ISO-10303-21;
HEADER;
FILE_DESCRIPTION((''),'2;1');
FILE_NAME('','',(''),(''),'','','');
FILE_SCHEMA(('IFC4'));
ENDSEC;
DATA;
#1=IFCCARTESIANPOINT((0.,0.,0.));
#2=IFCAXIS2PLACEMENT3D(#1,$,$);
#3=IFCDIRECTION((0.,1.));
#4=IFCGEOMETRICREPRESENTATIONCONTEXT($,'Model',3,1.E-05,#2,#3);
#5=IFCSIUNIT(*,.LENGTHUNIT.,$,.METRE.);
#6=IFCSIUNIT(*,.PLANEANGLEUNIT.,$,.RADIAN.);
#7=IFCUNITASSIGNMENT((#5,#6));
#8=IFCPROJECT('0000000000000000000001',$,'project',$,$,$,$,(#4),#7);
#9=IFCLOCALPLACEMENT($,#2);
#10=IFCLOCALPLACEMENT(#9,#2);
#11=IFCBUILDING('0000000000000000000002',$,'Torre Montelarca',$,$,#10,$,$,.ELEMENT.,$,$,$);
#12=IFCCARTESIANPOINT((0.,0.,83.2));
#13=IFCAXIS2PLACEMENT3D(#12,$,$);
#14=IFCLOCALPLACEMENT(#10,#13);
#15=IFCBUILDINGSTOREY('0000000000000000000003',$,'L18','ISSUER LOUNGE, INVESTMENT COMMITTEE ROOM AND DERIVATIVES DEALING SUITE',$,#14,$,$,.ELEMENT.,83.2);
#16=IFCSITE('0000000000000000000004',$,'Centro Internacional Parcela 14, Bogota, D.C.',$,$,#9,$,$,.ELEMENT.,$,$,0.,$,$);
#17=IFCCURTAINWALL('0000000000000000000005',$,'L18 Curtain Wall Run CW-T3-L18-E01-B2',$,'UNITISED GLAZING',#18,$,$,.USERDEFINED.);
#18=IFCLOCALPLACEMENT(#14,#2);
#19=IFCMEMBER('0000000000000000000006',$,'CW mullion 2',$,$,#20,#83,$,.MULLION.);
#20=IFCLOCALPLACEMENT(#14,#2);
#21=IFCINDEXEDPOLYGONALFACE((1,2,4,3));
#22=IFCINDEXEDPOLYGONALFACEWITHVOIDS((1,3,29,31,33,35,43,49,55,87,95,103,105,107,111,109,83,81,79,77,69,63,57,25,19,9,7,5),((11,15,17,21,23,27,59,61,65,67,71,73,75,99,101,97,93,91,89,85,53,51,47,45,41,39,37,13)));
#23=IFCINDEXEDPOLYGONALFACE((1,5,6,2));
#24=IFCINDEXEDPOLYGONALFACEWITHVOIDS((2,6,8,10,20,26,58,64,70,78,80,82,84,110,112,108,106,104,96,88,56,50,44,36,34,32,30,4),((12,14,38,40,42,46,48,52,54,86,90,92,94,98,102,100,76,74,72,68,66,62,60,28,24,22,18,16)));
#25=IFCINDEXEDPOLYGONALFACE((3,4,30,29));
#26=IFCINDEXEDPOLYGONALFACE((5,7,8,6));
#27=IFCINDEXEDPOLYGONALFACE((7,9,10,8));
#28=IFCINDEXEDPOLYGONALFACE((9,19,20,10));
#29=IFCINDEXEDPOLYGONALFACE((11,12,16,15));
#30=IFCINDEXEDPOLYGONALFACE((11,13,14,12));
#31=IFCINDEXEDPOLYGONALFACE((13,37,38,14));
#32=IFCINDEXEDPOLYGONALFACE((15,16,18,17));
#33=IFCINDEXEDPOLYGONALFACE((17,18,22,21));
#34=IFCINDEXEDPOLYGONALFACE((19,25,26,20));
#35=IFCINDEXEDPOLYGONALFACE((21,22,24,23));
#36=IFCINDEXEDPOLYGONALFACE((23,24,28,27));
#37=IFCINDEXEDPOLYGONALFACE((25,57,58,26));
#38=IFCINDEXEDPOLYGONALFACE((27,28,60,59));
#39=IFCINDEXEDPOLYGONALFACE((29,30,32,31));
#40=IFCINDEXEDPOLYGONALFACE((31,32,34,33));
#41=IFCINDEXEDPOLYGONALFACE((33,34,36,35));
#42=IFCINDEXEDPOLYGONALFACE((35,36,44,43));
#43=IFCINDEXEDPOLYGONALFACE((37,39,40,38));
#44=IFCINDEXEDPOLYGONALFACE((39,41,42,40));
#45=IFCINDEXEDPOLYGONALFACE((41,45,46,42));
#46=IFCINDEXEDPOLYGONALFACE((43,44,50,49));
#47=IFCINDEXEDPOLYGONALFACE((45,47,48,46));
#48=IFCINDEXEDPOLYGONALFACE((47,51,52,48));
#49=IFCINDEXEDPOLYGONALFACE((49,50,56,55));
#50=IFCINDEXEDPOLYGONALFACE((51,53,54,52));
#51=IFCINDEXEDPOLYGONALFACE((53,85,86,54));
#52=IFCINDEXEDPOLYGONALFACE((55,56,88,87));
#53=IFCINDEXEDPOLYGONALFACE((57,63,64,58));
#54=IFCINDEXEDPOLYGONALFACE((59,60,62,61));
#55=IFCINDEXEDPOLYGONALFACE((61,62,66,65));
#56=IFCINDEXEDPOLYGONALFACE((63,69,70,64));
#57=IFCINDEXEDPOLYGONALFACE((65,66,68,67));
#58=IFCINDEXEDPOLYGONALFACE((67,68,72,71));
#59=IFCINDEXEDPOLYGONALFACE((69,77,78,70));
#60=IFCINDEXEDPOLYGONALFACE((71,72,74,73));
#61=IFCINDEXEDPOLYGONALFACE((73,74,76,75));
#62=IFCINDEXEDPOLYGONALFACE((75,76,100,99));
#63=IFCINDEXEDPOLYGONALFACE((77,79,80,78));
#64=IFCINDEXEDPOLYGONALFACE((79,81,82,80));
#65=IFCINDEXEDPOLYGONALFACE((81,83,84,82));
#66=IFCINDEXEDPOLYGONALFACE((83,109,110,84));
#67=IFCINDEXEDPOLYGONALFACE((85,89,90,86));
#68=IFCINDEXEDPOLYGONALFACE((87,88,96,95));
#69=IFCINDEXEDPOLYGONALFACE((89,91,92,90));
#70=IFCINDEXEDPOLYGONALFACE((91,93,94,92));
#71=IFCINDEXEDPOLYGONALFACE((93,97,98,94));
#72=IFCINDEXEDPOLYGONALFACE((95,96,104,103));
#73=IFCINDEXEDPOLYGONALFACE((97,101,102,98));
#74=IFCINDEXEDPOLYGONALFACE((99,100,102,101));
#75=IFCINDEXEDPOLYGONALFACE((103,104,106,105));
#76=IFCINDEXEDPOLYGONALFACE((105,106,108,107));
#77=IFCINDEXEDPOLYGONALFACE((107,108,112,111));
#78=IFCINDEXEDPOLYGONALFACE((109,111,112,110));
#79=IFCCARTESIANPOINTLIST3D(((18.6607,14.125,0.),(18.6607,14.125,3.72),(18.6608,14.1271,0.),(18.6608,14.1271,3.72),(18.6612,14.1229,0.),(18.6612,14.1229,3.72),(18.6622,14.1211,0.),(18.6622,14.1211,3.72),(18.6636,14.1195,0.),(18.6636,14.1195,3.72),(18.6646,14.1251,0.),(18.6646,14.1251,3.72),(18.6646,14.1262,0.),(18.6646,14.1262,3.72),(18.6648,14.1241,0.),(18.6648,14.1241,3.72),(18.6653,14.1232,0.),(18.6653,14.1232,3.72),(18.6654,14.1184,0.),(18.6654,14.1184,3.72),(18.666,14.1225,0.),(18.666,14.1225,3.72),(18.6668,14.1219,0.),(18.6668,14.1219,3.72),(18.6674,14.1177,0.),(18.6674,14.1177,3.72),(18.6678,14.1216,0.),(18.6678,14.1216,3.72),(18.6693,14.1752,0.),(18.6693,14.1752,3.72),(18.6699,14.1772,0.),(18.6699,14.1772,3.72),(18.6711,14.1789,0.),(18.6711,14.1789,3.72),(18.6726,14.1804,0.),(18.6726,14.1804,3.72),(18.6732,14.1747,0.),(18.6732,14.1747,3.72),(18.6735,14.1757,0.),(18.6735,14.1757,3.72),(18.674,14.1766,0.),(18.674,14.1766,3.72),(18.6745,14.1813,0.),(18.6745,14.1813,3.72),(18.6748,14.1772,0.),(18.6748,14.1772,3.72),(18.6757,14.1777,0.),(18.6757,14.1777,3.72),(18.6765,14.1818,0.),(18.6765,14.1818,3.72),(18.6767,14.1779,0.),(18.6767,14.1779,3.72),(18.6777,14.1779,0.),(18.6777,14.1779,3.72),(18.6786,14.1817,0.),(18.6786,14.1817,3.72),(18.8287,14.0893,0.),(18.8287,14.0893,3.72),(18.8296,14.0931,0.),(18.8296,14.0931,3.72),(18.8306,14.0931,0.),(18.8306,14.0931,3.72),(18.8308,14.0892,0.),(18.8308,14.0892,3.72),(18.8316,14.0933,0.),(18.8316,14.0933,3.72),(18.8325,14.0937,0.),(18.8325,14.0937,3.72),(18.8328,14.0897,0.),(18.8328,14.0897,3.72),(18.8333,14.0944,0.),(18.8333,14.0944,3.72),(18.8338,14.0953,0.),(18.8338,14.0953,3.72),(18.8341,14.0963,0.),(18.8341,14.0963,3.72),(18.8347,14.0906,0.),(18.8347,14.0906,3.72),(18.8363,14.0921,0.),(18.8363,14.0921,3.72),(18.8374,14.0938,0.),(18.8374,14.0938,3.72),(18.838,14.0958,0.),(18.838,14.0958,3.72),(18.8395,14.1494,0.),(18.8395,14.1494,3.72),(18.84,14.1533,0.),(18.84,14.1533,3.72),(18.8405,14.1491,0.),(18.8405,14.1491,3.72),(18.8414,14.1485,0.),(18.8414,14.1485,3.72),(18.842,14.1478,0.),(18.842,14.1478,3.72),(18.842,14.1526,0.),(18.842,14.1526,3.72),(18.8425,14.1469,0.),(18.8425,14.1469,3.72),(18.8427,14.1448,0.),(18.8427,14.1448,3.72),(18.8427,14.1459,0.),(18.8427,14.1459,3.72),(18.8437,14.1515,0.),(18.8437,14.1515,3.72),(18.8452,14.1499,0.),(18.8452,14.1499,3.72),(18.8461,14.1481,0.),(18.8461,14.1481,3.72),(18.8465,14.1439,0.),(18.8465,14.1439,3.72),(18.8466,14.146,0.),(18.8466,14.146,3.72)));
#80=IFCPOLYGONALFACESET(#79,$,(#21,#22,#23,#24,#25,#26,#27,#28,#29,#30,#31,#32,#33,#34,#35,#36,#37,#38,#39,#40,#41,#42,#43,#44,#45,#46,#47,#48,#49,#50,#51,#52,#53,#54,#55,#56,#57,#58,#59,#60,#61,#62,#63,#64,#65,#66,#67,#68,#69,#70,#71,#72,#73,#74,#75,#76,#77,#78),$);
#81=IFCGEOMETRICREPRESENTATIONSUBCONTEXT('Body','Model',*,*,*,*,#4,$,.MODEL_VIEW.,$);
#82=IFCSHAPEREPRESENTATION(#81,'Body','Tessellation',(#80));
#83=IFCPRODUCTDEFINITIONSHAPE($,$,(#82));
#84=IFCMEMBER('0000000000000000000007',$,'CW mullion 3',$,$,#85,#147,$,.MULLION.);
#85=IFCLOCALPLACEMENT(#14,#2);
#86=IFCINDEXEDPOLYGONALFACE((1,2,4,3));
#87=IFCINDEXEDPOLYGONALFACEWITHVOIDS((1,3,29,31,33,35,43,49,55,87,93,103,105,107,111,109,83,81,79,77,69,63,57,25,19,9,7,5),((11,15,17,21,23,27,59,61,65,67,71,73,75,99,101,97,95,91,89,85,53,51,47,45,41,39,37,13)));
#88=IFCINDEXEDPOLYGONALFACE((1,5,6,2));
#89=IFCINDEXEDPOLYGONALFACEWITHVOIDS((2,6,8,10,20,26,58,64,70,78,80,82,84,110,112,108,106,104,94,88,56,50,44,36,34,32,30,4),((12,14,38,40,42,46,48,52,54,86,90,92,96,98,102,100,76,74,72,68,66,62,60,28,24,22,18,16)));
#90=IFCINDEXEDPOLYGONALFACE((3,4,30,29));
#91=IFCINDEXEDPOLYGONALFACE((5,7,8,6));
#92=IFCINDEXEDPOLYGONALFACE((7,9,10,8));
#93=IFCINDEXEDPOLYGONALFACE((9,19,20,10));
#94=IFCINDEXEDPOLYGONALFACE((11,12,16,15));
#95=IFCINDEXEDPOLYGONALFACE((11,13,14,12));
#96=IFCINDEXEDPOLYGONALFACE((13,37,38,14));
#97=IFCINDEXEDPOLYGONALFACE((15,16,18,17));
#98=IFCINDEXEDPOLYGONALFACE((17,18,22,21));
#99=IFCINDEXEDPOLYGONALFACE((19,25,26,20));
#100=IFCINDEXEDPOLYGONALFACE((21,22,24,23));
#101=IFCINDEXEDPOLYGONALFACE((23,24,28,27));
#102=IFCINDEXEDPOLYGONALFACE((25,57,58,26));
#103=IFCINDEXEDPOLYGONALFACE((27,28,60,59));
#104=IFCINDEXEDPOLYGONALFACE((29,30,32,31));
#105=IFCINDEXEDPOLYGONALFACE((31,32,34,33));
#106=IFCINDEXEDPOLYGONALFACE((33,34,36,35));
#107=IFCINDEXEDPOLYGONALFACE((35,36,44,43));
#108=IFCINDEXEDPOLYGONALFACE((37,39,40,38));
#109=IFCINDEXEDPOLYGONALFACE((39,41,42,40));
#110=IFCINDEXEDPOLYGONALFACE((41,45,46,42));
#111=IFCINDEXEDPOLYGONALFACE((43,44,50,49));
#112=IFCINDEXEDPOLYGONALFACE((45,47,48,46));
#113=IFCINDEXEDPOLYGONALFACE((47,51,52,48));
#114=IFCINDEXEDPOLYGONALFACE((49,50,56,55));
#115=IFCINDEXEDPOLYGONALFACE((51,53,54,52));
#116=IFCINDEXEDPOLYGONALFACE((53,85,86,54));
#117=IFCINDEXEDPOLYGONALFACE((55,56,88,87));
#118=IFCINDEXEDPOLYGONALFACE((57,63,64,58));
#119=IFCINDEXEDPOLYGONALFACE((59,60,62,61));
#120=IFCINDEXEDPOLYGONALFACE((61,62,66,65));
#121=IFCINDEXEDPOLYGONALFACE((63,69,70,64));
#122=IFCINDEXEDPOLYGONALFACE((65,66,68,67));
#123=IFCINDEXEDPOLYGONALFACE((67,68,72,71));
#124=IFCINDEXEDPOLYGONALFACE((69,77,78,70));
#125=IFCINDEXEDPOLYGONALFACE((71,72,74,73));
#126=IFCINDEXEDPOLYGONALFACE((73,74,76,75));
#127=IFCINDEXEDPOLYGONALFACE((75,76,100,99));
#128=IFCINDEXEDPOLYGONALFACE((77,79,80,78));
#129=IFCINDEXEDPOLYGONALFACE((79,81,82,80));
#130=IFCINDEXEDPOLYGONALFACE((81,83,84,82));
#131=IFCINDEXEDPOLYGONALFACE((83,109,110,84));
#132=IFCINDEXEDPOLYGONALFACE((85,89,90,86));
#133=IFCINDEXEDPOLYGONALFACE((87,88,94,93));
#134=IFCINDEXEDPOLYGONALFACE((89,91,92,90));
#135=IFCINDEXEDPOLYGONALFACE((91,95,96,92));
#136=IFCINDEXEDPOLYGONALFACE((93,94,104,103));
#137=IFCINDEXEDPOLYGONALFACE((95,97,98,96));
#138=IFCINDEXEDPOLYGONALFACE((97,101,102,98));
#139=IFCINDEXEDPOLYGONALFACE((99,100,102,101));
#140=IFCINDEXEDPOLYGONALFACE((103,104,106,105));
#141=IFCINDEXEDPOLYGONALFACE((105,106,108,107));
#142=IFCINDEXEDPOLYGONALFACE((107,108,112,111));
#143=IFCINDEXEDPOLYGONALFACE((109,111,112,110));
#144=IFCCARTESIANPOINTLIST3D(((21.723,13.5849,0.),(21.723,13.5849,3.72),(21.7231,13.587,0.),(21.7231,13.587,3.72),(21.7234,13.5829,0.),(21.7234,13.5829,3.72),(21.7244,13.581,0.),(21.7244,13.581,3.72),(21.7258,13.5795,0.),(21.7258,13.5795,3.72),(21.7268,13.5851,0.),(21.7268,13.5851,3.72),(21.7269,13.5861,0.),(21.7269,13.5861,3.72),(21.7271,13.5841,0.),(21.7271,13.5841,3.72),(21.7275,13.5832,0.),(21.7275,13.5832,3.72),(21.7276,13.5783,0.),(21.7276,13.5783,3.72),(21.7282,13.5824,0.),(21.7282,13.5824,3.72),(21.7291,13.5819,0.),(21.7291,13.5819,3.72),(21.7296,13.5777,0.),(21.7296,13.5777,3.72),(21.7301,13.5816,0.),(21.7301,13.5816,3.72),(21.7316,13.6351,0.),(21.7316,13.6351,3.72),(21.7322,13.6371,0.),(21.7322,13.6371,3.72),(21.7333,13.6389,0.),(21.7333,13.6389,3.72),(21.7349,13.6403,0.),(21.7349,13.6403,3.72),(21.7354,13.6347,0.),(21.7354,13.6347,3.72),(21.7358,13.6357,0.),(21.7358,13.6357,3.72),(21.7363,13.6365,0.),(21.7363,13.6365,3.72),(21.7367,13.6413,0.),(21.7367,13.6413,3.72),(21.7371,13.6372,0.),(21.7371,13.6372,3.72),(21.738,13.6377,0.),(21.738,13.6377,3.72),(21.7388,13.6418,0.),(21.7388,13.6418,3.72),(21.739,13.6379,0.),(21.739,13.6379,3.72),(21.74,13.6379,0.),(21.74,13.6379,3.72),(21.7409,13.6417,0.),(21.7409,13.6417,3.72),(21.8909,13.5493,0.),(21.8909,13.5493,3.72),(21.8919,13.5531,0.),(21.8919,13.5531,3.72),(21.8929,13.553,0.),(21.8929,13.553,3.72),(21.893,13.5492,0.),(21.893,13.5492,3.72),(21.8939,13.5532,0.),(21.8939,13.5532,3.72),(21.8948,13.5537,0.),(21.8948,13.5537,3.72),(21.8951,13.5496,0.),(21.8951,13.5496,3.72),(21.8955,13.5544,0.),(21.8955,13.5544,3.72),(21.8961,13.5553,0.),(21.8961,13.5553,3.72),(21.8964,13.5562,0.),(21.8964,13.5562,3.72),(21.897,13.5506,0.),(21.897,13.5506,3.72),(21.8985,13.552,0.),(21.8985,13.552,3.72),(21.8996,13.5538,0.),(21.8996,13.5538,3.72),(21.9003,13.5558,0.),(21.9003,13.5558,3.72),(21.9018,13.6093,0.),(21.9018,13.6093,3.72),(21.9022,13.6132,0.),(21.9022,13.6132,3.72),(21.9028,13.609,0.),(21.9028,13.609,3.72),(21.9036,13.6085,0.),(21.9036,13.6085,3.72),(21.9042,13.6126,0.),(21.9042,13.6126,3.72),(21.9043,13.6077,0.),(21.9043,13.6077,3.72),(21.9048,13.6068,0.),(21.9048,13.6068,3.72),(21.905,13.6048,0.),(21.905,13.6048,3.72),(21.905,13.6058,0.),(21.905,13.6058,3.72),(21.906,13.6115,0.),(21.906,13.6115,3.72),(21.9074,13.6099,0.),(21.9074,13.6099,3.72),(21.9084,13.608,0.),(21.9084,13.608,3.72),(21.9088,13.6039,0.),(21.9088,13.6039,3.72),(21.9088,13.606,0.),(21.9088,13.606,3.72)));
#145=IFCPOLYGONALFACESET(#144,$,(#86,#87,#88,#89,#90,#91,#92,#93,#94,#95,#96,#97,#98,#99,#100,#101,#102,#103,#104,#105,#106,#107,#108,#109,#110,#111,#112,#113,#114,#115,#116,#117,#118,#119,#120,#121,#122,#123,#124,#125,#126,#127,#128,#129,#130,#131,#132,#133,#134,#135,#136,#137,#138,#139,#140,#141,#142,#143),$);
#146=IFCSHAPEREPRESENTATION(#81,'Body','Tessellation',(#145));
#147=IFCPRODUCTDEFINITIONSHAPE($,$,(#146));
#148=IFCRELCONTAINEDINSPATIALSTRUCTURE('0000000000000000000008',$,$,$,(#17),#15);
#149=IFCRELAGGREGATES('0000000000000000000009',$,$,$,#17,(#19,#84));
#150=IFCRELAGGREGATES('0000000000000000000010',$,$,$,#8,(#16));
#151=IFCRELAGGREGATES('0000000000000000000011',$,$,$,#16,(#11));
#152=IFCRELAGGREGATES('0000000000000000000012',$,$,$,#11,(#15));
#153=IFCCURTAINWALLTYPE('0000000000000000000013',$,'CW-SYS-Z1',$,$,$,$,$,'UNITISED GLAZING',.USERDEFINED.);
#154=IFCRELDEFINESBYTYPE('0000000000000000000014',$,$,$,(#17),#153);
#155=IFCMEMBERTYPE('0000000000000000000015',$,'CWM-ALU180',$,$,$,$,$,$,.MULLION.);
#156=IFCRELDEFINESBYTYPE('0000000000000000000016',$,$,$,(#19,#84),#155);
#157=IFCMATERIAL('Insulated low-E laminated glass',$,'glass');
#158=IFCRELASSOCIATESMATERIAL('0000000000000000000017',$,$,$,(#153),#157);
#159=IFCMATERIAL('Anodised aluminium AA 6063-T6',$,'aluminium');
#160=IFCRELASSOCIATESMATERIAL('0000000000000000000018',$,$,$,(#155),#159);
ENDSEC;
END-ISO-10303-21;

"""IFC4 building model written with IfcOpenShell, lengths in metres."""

from ifc_helpers import new_model, si_unit, direction, frame, origin, origin_2d, place, context, subcontext, project, spatial, hollow_rectangle, extrude, source, transform, mapped, material, material_profile, profile_set, type_object, element, aggregate, save


model = new_model("IFC4")

# Units and contexts
model_context = context("Model", 3, precision=1e-05, world=origin(), true_north=direction((0.0, 1.0)))
body_context = subcontext(model_context, "Body", "Model", "MODEL_VIEW")
ifc_project = project(units=[si_unit("LENGTHUNIT", "METRE"), si_unit("PLANEANGLEUNIT", "RADIAN")], contexts=[model_context])

# Site, building, storey
site_placement = place(None, origin())
site = spatial("IfcSite", under=ifc_project, at=site_placement, Name="Centro Internacional Parcela 14, Bogota, D.C.", CompositionType="ELEMENT", RefElevation=0.0)
building_placement = place(site_placement, origin())
building = spatial("IfcBuilding", under=site, at=building_placement, Name="Torre Montelarca", CompositionType="ELEMENT")
storey_placement = place(building_placement, frame((0.0, 0.0, 83.2)))
storey = spatial("IfcBuildingStorey", under=building, at=storey_placement, Name="L18", Description="ISSUER LOUNGE, INVESTMENT COMMITTEE ROOM AND DERIVATIVES DEALING SUITE", CompositionType="ELEMENT", Elevation=83.2)

# Curtain wall
ifc_material_1 = material(Name="Insulated low-E laminated glass", Category="glass")
curtain_wall_type = type_object("IfcCurtainWallType", Name="CW-SYS-Z1", ElementType="UNITISED GLAZING", PredefinedType="USERDEFINED", material=ifc_material_1)
curtain_wall_1_placement = place(storey_placement, origin())
curtain_wall_1 = element("IfcCurtainWall", 1, at=curtain_wall_1_placement, inside=storey, type_object=curtain_wall_type, Name="L18 Curtain Wall Run CW-T3-L18-E01-B2", ObjectType="UNITISED GLAZING", PredefinedType="USERDEFINED")
ifc_material_2 = material(Name="Anodised aluminium AA 6063-T6", Category="aluminium")
ifc_material_profile_1 = material_profile(ifc_material_2, hollow_rectangle(XDim=0.0649, YDim=0.1799, WallThickness=0.0039, InnerFilletRadius=0.0039, OuterFilletRadius=0.0081, at=origin_2d()), Name="ALU65X180X4", Category="aluminium")
ifc_profile_set_1 = profile_set([ifc_material_profile_1], Name="Anodised aluminium AA 6063-T6")
member_type_1 = type_object("IfcMemberType", Name="CWM-ALU180", PredefinedType="MULLION", material=ifc_profile_set_1)
shared_shape_1 = source(origin(), body_context, "Body", "SweptSolid", [
    extrude(hollow_rectangle(XDim=0.0649, YDim=0.1799, WallThickness=0.0039, InnerFilletRadius=0.0039, OuterFilletRadius=0.0081, at=origin_2d()), origin(), (0.0, 0.0, 1.0), 3.72),
])

# Members
member_1_placement = place(storey_placement, frame((18.7537, 14.1355, 0.0), z_axis=(0.0, 0.0, 1.0), x_axis=(0.173651, 0.984807, 0.0)))
member_1 = element("IfcMember", 2, at=member_1_placement, type_object=member_type_1, Name="CW mullion 2", PredefinedType="MULLION", context=body_context, shape_type="MappedRepresentation", body=[
    mapped(shared_shape_1, transform((0.0, 0.0, 0.0), scale=1.0)),
])
member_2_placement = place(storey_placement, frame((21.8159, 13.5955, 0.0), z_axis=(0.0, 0.0, 1.0), x_axis=(0.173651, 0.984807, 0.0)))
member_2 = element("IfcMember", 3, at=member_2_placement, type_object=member_type_1, Name="CW mullion 3", PredefinedType="MULLION", context=body_context, shape_type="MappedRepresentation", body=[
    mapped(shared_shape_1, transform((0.0, 0.0, 0.0), scale=1.0)),
])

aggregate(curtain_wall_1, [member_1, member_2])

save(model, "model.ifc")
